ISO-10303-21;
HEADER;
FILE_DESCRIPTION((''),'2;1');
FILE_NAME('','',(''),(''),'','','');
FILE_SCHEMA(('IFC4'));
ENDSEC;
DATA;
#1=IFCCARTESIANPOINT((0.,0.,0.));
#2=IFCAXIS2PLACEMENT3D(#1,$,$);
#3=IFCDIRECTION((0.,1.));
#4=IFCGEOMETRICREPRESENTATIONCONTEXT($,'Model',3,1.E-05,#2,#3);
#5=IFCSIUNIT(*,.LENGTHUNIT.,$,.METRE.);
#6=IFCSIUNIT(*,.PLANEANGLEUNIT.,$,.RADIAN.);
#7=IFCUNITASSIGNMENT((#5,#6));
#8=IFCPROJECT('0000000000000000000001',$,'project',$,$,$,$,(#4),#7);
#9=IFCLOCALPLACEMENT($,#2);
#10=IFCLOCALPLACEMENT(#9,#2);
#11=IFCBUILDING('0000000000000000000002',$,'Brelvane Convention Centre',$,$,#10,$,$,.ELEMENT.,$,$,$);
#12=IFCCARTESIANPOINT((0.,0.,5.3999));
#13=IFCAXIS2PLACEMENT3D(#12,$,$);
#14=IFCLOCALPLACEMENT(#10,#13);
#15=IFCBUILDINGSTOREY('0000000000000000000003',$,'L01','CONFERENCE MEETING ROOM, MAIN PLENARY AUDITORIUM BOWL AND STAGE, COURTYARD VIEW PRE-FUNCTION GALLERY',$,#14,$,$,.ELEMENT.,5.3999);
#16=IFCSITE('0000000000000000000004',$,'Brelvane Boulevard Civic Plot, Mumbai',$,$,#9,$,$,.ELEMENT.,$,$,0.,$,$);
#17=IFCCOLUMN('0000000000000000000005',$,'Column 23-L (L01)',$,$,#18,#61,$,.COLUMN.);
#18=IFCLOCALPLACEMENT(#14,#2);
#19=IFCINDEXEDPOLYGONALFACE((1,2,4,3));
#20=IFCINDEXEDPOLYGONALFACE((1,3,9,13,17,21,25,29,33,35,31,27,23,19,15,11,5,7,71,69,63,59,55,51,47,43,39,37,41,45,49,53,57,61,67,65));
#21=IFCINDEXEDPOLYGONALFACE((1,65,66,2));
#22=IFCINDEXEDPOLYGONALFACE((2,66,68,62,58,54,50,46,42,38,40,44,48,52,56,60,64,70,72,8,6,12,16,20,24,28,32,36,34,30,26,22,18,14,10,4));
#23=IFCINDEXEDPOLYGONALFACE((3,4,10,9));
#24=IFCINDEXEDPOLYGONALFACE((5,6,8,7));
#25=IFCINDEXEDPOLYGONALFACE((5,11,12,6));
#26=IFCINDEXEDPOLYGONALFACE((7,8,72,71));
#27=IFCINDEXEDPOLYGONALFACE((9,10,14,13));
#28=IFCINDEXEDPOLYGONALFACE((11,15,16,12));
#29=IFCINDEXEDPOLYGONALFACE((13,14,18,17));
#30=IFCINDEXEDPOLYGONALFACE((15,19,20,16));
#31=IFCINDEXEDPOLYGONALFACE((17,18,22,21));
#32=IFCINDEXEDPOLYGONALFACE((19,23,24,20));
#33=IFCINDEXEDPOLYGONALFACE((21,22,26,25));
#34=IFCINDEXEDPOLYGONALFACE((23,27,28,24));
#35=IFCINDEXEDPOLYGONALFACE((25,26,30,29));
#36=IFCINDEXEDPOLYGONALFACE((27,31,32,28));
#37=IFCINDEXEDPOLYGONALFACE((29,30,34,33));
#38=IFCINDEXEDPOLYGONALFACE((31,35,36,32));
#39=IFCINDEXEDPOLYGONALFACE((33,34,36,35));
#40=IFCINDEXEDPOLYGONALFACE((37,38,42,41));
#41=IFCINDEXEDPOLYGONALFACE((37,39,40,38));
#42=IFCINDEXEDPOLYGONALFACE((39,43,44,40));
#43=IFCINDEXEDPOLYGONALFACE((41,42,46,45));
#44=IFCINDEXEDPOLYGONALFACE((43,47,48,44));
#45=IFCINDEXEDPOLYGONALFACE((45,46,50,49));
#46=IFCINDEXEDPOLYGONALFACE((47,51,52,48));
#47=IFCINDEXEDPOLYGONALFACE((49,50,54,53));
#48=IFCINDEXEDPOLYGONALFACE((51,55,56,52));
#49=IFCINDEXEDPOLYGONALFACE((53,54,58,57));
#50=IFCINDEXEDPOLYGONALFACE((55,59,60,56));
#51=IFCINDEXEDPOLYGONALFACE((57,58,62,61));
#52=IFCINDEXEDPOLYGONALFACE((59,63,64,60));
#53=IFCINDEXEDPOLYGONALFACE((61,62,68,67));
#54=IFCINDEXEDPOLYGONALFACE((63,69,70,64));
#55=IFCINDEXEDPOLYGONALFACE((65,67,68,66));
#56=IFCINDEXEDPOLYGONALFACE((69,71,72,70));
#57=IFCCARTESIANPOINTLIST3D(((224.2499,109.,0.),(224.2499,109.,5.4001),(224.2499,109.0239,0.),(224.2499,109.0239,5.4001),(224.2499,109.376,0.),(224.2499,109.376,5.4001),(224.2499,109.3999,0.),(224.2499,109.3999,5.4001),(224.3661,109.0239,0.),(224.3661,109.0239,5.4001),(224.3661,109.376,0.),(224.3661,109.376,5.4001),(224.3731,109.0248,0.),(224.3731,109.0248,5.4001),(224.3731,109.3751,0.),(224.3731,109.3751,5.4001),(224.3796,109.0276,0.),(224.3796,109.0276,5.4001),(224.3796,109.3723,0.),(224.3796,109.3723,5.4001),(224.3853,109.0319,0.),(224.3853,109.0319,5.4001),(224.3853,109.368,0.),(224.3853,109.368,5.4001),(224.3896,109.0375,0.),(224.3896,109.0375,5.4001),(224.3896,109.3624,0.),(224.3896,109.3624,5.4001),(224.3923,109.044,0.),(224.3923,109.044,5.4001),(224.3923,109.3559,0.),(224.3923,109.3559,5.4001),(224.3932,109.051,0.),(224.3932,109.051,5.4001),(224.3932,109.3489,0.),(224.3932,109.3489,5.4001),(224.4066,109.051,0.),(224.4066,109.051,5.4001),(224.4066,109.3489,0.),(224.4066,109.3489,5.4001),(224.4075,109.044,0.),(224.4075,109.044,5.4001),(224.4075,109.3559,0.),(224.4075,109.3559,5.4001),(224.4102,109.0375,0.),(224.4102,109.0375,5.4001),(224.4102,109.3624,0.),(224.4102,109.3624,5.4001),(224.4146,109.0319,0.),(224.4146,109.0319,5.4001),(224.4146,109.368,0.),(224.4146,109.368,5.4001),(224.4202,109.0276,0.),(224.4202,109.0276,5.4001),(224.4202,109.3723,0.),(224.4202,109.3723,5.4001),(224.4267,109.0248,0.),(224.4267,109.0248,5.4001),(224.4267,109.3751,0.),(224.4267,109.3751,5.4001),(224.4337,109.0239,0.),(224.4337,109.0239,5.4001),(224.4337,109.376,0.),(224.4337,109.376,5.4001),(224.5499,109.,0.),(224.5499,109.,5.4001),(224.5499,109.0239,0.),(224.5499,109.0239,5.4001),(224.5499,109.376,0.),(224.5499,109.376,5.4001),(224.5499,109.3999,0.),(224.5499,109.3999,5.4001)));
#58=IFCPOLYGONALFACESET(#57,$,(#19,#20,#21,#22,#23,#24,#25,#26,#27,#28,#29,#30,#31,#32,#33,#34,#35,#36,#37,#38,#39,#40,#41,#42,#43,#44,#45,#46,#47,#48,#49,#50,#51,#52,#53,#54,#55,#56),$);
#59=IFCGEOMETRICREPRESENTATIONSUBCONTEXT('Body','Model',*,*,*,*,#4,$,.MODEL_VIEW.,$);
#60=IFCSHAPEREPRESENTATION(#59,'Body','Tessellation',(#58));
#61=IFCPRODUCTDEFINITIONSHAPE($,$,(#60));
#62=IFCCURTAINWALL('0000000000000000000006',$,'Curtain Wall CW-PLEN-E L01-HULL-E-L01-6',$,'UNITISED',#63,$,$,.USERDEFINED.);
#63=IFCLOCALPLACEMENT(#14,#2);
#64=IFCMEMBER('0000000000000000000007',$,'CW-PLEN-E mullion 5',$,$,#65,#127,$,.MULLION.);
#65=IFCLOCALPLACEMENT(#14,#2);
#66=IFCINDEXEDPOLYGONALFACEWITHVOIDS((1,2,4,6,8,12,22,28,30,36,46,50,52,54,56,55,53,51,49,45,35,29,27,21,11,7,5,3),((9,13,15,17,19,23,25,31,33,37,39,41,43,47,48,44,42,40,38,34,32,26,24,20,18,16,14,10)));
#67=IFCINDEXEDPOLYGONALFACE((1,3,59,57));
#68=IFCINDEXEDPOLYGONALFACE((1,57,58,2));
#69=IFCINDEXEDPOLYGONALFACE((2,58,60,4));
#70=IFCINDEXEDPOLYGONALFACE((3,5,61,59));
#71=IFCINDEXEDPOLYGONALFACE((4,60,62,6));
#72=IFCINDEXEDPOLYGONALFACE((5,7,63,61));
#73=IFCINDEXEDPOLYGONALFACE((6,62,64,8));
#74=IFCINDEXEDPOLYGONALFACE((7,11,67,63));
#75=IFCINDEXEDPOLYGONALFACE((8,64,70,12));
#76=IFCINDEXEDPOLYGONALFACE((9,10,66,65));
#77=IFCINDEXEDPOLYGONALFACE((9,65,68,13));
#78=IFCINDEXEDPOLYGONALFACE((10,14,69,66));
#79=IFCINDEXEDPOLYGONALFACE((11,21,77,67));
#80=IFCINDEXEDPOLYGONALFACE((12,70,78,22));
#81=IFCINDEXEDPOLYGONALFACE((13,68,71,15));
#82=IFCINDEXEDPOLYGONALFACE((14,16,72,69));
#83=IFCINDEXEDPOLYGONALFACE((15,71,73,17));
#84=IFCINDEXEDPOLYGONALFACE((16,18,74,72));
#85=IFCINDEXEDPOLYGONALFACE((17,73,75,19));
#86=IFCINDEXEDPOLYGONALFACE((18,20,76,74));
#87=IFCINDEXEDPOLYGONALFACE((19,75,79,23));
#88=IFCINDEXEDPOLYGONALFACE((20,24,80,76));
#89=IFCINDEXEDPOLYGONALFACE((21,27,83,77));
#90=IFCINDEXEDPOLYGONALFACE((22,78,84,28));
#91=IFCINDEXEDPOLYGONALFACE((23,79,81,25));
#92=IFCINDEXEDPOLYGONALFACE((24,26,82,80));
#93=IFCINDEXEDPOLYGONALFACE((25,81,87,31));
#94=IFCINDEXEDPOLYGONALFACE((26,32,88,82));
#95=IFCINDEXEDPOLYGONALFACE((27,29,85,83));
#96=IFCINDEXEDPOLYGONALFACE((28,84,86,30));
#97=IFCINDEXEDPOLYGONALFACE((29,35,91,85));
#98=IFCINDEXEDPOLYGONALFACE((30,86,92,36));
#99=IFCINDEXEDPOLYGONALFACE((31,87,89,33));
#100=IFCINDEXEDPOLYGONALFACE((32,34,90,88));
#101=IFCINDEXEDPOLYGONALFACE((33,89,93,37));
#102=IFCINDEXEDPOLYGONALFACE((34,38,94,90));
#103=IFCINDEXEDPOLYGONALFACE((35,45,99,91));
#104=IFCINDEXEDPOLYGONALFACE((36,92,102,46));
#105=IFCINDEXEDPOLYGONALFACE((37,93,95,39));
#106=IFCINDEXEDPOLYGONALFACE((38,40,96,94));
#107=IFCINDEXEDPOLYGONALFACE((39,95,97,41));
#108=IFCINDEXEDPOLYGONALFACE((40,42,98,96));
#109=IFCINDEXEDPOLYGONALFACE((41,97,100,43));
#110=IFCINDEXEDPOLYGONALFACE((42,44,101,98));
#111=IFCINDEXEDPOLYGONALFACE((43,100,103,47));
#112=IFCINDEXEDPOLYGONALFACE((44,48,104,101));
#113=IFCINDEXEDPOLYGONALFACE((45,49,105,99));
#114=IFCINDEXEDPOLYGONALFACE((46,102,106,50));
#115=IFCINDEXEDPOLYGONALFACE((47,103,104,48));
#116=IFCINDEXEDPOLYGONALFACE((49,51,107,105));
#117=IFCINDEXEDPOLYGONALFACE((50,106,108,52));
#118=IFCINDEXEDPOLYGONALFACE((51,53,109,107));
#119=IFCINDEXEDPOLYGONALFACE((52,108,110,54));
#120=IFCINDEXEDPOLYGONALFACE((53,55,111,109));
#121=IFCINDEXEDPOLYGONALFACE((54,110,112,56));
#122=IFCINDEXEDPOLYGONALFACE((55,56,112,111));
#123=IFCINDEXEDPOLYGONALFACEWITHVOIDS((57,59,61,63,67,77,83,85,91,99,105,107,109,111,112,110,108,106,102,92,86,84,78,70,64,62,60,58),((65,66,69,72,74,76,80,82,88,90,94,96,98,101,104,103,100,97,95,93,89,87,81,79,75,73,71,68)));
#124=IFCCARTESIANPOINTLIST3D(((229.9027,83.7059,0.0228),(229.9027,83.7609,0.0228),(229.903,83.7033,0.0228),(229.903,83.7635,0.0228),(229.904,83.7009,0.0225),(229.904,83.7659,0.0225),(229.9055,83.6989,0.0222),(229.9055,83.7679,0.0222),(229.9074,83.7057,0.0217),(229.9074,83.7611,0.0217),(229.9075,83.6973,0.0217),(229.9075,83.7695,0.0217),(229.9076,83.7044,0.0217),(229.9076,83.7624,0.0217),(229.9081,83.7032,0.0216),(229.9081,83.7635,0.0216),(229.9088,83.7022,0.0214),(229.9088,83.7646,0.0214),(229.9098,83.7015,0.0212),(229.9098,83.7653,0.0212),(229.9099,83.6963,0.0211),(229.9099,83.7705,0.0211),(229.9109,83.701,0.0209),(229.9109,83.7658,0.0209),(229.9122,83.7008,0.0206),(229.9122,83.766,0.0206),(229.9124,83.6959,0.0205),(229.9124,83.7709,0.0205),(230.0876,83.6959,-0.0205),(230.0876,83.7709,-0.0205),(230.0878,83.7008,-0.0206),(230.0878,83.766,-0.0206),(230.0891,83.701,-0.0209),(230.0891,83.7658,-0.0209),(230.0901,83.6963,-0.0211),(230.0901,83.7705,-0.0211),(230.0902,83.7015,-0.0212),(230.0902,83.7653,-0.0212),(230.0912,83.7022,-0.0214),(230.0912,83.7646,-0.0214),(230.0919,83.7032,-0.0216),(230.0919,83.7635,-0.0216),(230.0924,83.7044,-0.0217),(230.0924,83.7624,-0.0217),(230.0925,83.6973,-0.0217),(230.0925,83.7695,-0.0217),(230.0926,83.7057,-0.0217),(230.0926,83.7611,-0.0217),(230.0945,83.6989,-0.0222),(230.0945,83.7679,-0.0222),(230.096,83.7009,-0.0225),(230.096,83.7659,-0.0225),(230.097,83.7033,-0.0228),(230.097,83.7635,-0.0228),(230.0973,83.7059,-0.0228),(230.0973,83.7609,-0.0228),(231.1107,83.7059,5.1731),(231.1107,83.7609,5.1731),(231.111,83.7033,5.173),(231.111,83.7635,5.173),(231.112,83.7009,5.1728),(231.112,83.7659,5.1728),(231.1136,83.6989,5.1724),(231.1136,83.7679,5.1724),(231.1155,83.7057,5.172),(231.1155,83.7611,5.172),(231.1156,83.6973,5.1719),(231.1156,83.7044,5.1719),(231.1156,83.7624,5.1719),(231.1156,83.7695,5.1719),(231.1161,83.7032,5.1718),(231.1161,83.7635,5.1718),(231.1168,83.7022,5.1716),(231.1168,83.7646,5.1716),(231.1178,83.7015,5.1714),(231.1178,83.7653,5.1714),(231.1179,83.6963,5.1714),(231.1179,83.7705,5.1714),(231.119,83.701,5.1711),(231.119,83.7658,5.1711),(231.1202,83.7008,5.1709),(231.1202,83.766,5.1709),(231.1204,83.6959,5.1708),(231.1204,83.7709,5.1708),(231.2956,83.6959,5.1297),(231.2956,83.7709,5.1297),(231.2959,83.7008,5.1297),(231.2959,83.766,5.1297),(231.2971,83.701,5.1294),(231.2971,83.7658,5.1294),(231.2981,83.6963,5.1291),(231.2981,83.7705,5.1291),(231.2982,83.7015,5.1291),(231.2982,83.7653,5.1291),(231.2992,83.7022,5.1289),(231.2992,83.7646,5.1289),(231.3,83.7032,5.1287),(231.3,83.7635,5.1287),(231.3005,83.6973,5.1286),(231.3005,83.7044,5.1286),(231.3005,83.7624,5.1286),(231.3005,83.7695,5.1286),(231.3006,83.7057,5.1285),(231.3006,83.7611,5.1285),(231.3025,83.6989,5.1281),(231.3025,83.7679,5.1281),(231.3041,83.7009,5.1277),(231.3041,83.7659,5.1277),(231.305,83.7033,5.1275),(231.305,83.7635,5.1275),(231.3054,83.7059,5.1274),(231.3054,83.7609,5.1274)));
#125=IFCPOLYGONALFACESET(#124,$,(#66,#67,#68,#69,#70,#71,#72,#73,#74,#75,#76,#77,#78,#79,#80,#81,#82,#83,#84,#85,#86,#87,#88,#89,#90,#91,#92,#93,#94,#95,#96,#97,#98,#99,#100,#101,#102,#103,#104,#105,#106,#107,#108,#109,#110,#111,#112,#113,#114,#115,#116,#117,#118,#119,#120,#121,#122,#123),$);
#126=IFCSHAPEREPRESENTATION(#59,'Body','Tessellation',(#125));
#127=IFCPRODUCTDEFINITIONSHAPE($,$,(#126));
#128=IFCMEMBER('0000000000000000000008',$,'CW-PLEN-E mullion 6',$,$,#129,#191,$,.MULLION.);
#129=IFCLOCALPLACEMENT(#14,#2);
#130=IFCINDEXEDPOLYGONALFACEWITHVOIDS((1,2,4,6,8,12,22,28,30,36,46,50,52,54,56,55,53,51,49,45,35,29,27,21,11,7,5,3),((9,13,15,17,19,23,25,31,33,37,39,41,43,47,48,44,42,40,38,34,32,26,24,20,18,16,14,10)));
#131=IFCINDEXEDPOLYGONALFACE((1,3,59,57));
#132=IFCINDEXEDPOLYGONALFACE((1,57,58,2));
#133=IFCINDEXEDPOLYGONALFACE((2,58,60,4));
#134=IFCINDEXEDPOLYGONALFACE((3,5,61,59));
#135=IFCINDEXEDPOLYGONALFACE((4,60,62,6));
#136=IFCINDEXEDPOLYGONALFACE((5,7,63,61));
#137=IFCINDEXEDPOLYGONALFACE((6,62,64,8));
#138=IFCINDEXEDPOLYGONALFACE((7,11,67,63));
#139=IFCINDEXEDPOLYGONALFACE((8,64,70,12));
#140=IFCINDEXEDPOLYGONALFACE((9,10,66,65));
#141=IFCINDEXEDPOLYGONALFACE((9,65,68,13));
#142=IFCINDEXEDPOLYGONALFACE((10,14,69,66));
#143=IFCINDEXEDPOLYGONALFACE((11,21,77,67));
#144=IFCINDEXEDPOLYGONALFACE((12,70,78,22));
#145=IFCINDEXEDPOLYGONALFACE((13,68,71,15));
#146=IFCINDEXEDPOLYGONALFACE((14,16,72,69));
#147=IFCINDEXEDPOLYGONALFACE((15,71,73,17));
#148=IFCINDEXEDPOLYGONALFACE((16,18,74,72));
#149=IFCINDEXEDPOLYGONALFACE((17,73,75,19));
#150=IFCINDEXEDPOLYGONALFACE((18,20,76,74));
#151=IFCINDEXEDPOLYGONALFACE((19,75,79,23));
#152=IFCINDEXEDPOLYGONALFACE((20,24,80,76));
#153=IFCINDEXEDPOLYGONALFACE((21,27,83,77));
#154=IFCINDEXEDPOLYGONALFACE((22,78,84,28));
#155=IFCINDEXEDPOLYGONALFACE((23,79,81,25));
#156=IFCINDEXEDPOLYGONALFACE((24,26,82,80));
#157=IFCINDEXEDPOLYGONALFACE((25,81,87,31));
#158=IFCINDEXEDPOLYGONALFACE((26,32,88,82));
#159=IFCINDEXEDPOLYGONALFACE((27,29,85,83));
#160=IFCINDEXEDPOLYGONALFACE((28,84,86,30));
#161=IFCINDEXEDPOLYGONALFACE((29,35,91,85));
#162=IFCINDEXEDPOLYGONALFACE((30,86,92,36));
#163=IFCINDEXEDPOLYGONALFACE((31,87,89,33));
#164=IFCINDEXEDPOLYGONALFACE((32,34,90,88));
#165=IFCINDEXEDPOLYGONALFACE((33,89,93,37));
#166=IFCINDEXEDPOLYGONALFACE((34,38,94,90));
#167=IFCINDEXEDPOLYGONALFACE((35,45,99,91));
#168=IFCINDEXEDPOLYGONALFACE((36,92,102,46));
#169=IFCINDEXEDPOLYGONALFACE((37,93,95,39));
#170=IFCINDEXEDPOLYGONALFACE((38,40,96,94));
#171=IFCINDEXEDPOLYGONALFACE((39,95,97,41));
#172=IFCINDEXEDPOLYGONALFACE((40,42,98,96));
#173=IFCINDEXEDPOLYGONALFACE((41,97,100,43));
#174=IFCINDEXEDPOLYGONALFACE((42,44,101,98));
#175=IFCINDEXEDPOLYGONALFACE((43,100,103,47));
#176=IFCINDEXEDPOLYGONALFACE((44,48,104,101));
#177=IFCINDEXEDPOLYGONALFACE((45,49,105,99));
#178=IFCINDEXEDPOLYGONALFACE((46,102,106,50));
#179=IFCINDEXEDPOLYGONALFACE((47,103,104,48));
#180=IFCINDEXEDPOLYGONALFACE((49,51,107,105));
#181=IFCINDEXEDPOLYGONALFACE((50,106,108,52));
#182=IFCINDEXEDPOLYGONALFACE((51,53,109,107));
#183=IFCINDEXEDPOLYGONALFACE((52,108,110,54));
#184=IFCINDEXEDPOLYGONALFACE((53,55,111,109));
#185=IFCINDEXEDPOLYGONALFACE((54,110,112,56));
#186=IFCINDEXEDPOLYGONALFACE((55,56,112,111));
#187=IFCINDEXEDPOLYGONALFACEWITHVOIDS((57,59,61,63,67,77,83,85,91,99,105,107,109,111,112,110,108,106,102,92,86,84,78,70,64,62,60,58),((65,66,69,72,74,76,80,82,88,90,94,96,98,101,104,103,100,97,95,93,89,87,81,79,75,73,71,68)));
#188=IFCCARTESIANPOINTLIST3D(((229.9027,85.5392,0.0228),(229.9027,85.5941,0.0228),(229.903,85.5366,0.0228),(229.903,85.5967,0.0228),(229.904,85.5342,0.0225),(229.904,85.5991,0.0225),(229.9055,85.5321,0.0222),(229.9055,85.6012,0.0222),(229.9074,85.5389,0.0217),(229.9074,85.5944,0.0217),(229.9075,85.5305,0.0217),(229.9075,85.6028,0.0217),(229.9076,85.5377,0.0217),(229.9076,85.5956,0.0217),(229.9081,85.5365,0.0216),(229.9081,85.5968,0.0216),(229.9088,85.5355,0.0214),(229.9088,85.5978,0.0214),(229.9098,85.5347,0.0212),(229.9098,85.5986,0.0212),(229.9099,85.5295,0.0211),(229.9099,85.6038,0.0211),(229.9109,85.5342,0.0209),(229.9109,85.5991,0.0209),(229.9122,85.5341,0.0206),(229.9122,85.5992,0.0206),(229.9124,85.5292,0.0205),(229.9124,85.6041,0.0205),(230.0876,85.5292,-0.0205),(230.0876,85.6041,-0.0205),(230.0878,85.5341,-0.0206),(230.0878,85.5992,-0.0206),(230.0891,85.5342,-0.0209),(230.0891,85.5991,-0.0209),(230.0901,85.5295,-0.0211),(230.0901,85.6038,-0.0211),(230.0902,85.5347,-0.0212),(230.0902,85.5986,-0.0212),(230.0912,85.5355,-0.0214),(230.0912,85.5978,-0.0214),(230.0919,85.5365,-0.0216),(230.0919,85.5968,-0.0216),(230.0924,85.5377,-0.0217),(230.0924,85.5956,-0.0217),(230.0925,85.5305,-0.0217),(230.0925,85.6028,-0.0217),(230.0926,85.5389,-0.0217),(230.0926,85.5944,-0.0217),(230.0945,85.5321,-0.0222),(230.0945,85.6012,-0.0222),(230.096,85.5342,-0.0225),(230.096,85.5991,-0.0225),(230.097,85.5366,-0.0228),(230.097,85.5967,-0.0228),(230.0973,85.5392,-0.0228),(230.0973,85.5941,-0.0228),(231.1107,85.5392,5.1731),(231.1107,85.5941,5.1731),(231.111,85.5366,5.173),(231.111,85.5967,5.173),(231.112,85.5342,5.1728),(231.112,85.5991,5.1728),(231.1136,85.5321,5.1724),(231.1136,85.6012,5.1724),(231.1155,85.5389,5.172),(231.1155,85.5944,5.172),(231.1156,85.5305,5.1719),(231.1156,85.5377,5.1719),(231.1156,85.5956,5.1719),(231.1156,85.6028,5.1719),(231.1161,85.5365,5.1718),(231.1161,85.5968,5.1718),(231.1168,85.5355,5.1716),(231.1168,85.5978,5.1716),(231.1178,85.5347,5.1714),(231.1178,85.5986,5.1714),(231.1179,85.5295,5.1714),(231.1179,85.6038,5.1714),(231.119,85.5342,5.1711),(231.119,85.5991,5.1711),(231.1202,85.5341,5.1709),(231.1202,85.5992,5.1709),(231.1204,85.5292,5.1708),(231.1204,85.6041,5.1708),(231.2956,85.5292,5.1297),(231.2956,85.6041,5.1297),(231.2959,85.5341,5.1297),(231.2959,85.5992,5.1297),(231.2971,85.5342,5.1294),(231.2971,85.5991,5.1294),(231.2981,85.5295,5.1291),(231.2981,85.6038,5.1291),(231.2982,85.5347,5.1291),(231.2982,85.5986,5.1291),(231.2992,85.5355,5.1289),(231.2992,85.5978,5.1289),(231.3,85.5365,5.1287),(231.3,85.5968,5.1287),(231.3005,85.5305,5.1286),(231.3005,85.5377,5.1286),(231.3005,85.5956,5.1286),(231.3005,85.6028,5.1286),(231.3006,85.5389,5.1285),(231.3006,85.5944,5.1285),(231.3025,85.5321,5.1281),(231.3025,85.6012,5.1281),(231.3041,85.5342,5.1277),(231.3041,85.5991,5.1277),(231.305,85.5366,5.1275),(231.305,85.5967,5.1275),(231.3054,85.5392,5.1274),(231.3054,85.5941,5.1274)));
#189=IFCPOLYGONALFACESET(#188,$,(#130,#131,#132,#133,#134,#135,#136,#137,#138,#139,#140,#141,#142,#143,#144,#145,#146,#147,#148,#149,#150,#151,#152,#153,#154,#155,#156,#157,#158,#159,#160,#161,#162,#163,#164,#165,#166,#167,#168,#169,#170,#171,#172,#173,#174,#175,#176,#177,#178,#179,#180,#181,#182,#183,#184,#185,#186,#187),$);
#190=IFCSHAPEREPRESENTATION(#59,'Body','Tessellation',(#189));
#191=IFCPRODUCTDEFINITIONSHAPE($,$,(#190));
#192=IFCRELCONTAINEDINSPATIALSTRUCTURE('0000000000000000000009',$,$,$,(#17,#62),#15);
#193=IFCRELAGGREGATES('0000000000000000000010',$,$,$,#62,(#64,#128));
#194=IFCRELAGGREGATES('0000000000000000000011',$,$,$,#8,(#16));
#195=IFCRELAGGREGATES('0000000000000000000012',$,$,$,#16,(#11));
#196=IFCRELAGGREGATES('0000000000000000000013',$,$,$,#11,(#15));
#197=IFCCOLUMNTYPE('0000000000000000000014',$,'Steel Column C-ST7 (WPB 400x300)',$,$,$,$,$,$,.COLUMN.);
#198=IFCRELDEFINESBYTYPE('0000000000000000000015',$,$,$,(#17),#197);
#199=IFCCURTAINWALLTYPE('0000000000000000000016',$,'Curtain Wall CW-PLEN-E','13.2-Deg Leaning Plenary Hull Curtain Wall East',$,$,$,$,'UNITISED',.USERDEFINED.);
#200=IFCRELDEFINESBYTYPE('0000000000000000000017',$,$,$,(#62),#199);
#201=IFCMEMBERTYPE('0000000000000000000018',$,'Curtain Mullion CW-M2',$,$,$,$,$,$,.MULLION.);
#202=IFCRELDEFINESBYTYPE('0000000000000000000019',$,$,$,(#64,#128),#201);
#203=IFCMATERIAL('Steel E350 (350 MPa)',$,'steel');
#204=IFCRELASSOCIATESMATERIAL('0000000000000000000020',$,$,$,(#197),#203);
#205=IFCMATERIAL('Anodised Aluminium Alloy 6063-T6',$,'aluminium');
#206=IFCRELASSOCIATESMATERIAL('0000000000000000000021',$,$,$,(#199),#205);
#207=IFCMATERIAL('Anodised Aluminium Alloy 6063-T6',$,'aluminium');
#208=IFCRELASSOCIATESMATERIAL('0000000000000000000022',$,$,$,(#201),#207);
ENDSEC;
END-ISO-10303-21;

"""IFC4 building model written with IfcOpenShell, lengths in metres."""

from ifc_helpers import new_model, si_unit, direction, frame, origin, origin_2d, place, context, subcontext, project, spatial, hollow_rectangle, i_section, extrude, material, material_profile, profile_set, type_object, element, aggregate, save


model = new_model("IFC4")

# Units and contexts
model_context = context("Model", 3, precision=1e-05, world=origin(), true_north=direction((0.0, 1.0)))
body_context = subcontext(model_context, "Body", "Model", "MODEL_VIEW")
ifc_project = project(units=[si_unit("LENGTHUNIT", "METRE"), si_unit("PLANEANGLEUNIT", "RADIAN")], contexts=[model_context])

# Site, building, storey
site_placement = place(None, origin())
site = spatial("IfcSite", under=ifc_project, at=site_placement, Name="Brelvane Boulevard Civic Plot, Mumbai", CompositionType="ELEMENT", RefElevation=0.0)
building_placement = place(site_placement, origin())
building = spatial("IfcBuilding", under=site, at=building_placement, Name="Brelvane Convention Centre", CompositionType="ELEMENT")
storey_placement = place(building_placement, frame((0.0, 0.0, 5.3999)))
storey = spatial("IfcBuildingStorey", under=building, at=storey_placement, Name="L01", Description="CONFERENCE MEETING ROOM, MAIN PLENARY AUDITORIUM BOWL AND STAGE, COURTYARD VIEW PRE-FUNCTION GALLERY", CompositionType="ELEMENT", Elevation=5.3999)

# Column
ifc_material_1 = material(Name="Steel E350 (350 MPa)", Category="steel")
ifc_material_profile_1 = material_profile(ifc_material_1, i_section(OverallWidth=0.3, OverallDepth=0.3999, WebThickness=0.0134, FlangeThickness=0.0239, FilletRadius=0.0271, at=origin_2d()), Name="WPB 400x300")
ifc_profile_set_1 = profile_set([ifc_material_profile_1], Name="Steel E350 (350 MPa)")
column_type = type_object("IfcColumnType", Name="Steel Column C-ST7 (WPB 400x300)", PredefinedType="COLUMN", material=ifc_profile_set_1)
column_placement = place(storey_placement, frame((224.3999, 109.2, 0.0), z_axis=(0.0, 0.0, 1.0), x_axis=(1.0, 0.0, 0.0)))
element("IfcColumn", 1, at=column_placement, inside=storey, type_object=column_type, Name="Column 23-L (L01)", PredefinedType="COLUMN", context=body_context, shape_type="SweptSolid", body=[
    extrude(i_section(OverallWidth=0.3, OverallDepth=0.3999, WebThickness=0.0134, FlangeThickness=0.0239, FilletRadius=0.0271, at=origin_2d()), origin(), (0.0, 0.0, 1.0), 5.4001),
])

# Curtain wall, members
ifc_material_2 = material(Name="Anodised Aluminium Alloy 6063-T6", Category="aluminium")
curtain_wall_type_1 = type_object("IfcCurtainWallType", Name="Curtain Wall CW-PLEN-E", Description="13.2-Deg Leaning Plenary Hull Curtain Wall East", ElementType="UNITISED", PredefinedType="USERDEFINED", material=ifc_material_2)
curtain_wall_1_placement = place(storey_placement, origin())
curtain_wall_1 = element("IfcCurtainWall", 2, at=curtain_wall_1_placement, inside=storey, type_object=curtain_wall_type_1, Name="Curtain Wall CW-PLEN-E L01-HULL-E-L01-6", ObjectType="UNITISED", PredefinedType="USERDEFINED")
ifc_material_3 = material(Name="Anodised Aluminium Alloy 6063-T6", Category="aluminium")
ifc_material_profile_2 = material_profile(ifc_material_3, hollow_rectangle(XDim=0.075, YDim=0.2, WallThickness=0.0049, InnerFilletRadius=0.0049, OuterFilletRadius=0.01, at=origin_2d()), Name="ALU-M 200x75x5.0")
ifc_profile_set_2 = profile_set([ifc_material_profile_2], Name="Anodised Aluminium Alloy 6063-T6")
member_type_1 = type_object("IfcMemberType", Name="Curtain Mullion CW-M2", PredefinedType="MULLION", material=ifc_profile_set_2)
member_1_placement = place(storey_placement, frame((230.0, 83.7334, 0.0), z_axis=(0.22836, 0.0, 0.973577), x_axis=(0.0, 1.0, 0.0)))
member_1 = element("IfcMember", 3, at=member_1_placement, type_object=member_type_1, Name="CW-PLEN-E mullion 5", PredefinedType="MULLION", context=body_context, shape_type="SweptSolid", body=[
    extrude(hollow_rectangle(XDim=0.075, YDim=0.2, WallThickness=0.0049, InnerFilletRadius=0.0049, OuterFilletRadius=0.01, at=origin_2d()), origin(), (0.0, 0.0, 1.0), 5.29),
])
member_2_placement = place(storey_placement, frame((230.0, 85.5667, 0.0), z_axis=(0.22836, 0.0, 0.973577), x_axis=(0.0, 1.0, 0.0)))
member_2 = element("IfcMember", 4, at=member_2_placement, type_object=member_type_1, Name="CW-PLEN-E mullion 6", PredefinedType="MULLION", context=body_context, shape_type="SweptSolid", body=[
    extrude(hollow_rectangle(XDim=0.075, YDim=0.2, WallThickness=0.0049, InnerFilletRadius=0.0049, OuterFilletRadius=0.01, at=origin_2d()), origin(), (0.0, 0.0, 1.0), 5.29),
])

aggregate(curtain_wall_1, [member_1, member_2])

save(model, "model.ifc")
